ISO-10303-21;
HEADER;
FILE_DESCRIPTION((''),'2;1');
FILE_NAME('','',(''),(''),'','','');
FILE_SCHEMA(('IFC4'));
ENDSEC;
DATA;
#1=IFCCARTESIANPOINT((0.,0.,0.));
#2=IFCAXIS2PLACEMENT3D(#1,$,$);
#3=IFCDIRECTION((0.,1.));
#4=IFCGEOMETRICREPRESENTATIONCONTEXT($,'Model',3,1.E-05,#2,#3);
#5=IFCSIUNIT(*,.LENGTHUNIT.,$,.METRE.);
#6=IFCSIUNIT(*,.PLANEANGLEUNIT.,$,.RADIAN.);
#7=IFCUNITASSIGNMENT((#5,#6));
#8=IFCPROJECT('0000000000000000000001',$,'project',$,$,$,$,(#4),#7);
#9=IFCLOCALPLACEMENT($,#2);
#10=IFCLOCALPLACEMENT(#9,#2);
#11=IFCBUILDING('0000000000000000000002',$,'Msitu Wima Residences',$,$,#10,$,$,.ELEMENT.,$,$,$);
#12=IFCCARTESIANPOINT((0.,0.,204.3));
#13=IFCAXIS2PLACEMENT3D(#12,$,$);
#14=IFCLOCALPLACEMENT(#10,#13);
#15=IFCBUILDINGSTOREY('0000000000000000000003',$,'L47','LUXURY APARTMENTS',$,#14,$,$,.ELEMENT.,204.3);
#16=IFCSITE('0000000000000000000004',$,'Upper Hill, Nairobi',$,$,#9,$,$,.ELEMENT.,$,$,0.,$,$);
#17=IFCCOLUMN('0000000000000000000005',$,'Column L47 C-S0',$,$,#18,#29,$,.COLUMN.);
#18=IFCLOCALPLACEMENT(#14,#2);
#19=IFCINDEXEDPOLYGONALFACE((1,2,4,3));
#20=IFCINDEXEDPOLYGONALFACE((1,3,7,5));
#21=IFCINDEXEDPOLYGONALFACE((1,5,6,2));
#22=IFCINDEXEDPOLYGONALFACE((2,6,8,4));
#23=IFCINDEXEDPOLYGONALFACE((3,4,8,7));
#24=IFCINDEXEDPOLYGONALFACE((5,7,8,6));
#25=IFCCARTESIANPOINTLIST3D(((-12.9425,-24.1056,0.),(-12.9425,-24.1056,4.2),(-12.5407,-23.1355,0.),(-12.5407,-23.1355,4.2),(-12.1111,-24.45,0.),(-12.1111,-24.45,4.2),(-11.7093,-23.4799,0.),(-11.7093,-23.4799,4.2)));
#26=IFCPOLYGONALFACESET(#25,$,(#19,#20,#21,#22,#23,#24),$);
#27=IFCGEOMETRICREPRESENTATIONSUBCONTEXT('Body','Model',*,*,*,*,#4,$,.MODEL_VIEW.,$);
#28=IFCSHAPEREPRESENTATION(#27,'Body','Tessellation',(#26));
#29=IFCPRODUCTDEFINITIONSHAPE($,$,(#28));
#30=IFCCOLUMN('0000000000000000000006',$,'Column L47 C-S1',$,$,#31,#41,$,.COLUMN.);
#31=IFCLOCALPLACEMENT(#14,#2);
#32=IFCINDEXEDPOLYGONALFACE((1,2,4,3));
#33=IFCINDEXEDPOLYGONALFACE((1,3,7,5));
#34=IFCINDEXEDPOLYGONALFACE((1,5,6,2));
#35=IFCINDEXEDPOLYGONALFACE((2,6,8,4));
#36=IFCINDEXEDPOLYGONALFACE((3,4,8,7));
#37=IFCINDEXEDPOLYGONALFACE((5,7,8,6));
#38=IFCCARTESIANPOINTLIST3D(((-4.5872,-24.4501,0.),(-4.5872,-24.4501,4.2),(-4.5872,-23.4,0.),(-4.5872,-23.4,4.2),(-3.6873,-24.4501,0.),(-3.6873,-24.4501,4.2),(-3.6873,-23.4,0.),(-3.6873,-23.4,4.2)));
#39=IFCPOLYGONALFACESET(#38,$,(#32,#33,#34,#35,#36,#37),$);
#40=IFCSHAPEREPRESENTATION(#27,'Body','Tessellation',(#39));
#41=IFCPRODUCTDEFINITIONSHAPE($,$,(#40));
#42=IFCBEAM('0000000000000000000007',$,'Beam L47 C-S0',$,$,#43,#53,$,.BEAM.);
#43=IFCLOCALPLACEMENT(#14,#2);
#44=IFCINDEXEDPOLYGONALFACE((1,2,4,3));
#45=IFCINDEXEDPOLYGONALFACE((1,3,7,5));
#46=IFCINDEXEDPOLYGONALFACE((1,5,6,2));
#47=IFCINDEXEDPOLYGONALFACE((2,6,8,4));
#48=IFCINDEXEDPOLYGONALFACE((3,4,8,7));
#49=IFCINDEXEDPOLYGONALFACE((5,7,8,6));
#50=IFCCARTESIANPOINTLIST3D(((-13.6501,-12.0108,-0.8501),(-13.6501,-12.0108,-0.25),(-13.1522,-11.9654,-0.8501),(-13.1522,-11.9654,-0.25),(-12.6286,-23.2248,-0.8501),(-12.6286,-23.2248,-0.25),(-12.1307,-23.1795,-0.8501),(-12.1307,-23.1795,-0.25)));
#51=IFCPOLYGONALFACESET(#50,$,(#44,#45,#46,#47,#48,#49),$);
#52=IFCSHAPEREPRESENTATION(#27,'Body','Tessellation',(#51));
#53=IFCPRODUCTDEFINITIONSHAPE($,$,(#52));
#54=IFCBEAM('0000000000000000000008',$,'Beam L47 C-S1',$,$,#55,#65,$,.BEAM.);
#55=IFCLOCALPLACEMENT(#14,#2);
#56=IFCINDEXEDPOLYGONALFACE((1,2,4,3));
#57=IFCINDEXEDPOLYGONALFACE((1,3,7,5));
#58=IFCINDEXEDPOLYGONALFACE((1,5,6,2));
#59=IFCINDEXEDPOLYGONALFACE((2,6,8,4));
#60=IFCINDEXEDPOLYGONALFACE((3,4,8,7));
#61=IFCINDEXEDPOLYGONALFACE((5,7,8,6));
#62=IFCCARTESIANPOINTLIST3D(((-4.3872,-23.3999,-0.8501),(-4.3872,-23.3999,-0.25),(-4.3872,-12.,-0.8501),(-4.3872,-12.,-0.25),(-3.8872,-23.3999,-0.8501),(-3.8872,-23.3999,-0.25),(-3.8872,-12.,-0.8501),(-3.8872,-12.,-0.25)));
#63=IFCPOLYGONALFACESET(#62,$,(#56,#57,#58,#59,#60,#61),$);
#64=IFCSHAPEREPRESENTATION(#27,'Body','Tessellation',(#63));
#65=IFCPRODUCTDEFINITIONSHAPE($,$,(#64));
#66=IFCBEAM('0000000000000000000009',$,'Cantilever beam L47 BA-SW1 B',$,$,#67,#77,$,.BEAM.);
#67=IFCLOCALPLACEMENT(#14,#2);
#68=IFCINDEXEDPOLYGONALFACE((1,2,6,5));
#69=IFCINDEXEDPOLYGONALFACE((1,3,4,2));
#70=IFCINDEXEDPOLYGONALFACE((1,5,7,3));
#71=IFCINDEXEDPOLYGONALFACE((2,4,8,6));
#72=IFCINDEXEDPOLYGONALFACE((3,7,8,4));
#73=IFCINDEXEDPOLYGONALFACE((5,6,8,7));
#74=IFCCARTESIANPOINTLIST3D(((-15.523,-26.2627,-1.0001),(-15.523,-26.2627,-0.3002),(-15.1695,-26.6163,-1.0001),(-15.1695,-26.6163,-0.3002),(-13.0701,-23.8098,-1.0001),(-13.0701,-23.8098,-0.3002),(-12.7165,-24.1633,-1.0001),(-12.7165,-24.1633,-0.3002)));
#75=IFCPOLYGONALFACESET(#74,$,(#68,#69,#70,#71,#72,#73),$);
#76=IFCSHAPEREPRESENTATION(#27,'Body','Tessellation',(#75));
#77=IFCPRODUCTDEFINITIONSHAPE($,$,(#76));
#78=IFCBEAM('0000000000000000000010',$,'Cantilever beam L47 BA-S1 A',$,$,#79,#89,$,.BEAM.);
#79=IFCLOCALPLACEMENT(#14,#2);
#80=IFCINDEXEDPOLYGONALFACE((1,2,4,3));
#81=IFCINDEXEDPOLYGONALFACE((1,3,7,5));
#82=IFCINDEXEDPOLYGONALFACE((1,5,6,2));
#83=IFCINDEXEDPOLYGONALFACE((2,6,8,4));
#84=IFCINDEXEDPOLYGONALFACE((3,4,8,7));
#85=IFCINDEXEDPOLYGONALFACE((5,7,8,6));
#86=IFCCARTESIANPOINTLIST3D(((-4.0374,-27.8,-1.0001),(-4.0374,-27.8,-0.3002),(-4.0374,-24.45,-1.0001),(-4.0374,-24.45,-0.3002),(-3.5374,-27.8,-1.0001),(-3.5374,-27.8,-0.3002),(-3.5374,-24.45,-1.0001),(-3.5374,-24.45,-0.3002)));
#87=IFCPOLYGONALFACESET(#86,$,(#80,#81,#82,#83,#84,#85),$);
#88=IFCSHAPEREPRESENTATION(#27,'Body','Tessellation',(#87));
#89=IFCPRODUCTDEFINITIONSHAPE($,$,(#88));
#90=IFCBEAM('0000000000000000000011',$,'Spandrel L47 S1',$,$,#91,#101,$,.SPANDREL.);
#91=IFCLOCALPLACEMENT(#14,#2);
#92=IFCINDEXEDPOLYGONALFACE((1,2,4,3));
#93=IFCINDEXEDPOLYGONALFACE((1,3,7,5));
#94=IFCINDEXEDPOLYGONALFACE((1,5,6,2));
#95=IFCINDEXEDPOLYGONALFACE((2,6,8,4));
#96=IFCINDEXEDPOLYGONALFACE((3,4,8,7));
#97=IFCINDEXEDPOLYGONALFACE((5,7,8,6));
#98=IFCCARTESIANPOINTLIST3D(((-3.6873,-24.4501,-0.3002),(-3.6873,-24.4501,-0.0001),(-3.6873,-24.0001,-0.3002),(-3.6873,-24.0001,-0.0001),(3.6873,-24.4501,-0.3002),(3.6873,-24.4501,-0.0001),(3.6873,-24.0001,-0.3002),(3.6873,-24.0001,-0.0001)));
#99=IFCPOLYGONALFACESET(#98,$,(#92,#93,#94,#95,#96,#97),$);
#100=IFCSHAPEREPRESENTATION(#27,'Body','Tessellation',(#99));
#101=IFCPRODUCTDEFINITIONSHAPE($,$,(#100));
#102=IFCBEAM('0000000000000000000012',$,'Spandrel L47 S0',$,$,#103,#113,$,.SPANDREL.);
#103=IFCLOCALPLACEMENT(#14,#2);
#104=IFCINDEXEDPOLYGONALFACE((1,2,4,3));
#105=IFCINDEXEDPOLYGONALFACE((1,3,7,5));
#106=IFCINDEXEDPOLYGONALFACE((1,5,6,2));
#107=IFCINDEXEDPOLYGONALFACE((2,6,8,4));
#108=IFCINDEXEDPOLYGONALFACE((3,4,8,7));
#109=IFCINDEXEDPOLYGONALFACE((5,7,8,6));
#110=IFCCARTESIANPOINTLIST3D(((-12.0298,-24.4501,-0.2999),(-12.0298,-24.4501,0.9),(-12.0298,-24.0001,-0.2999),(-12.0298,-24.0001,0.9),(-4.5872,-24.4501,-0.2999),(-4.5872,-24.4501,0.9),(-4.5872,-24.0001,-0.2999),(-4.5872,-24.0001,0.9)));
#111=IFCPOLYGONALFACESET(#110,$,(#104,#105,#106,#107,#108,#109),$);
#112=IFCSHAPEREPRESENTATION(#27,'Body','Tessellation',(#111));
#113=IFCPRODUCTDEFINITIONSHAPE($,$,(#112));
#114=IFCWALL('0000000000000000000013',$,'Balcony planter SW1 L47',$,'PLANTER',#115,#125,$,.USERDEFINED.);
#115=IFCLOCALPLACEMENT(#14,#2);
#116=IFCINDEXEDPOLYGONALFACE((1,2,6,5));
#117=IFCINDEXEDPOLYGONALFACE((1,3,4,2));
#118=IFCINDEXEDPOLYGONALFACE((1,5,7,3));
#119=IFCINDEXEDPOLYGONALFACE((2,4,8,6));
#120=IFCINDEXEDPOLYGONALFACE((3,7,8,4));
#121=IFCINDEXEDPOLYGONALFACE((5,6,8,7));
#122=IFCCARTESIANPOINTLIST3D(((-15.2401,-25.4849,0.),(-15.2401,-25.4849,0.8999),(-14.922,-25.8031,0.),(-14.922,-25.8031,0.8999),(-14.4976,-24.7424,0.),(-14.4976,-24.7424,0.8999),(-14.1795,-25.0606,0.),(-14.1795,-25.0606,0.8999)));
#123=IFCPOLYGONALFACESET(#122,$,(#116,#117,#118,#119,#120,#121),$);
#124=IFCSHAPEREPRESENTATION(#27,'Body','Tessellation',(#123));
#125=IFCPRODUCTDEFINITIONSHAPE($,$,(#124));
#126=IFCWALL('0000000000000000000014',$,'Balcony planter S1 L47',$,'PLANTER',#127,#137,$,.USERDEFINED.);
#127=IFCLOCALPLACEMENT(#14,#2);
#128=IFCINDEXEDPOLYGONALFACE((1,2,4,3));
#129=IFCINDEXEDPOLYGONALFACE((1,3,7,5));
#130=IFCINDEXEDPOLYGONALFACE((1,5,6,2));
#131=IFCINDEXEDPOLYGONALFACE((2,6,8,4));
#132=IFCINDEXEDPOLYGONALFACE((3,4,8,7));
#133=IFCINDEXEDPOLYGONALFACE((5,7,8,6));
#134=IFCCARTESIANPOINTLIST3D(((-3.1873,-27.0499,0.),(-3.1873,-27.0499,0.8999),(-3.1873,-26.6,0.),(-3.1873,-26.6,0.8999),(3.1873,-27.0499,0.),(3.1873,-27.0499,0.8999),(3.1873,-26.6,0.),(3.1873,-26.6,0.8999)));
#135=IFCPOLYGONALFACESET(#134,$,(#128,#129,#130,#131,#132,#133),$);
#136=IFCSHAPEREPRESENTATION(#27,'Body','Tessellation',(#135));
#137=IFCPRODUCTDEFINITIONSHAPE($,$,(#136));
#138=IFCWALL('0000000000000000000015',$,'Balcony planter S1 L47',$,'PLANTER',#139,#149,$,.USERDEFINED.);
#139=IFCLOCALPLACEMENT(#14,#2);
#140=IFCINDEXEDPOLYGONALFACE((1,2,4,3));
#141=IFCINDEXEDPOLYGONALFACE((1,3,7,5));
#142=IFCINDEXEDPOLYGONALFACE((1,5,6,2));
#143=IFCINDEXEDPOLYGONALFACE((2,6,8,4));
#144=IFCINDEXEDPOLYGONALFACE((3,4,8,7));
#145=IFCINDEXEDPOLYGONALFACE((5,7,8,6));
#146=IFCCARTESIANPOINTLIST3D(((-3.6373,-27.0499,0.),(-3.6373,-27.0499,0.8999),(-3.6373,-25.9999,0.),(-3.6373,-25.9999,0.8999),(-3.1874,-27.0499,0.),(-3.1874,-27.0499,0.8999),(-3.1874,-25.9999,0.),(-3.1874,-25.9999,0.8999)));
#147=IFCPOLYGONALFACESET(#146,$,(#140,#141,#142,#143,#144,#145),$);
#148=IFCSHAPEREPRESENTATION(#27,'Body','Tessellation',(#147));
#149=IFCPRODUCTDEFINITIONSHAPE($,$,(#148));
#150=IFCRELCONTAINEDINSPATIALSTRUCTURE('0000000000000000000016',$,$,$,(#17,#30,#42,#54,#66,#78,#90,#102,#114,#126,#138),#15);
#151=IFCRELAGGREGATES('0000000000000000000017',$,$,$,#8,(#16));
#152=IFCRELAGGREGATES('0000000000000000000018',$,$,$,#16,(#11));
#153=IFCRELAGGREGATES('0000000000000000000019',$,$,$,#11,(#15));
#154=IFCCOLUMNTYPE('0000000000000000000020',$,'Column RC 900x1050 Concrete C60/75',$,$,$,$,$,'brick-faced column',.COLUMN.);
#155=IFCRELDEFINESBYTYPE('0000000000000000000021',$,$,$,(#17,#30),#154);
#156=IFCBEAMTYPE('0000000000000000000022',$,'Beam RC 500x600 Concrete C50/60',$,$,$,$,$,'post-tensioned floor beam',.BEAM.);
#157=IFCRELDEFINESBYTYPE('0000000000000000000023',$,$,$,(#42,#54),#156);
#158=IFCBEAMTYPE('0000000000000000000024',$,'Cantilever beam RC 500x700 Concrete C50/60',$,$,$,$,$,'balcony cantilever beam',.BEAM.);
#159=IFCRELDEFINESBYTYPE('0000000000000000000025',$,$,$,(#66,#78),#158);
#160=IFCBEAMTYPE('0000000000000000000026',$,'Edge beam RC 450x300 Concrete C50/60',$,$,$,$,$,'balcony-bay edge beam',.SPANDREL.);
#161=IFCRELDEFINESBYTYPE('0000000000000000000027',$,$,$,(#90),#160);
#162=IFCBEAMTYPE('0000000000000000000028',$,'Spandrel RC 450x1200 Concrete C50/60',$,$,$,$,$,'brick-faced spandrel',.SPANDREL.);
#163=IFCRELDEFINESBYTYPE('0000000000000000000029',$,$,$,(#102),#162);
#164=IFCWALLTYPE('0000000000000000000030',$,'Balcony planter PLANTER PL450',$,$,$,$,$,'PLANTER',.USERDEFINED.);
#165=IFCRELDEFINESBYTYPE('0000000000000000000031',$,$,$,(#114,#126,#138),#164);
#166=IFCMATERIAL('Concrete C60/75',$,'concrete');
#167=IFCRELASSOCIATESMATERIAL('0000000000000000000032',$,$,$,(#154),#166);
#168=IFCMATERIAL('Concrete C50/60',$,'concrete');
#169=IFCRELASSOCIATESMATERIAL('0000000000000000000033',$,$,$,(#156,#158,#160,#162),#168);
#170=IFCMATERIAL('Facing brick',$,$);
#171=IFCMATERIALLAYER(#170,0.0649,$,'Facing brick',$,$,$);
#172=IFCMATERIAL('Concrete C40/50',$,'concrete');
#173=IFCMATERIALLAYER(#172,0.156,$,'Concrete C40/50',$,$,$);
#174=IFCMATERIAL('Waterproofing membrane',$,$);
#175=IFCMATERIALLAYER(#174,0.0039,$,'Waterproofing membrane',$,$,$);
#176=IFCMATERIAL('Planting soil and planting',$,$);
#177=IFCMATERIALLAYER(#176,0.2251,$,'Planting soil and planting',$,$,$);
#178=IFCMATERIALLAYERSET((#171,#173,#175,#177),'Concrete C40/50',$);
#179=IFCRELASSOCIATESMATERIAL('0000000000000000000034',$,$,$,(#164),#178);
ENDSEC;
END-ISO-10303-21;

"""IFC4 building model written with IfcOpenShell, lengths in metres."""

from ifc_helpers import new_model, si_unit, direction, frame, frame_2d, origin, origin_2d, place, context, subcontext, project, spatial, rectangle, extrude, material, layer, layer_set, material_profile, profile_set, type_object, element, save


model = new_model("IFC4")

# Units and contexts
model_context = context("Model", 3, precision=1e-05, world=origin(), true_north=direction((0.0, 1.0)))
body_context = subcontext(model_context, "Body", "Model", "MODEL_VIEW")
ifc_project = project(units=[si_unit("LENGTHUNIT", "METRE"), si_unit("PLANEANGLEUNIT", "RADIAN")], contexts=[model_context])

# Site, building, storey
site_placement = place(None, origin())
site = spatial("IfcSite", under=ifc_project, at=site_placement, Name="Upper Hill, Nairobi", CompositionType="ELEMENT", RefElevation=0.0)
building_placement = place(site_placement, origin())
building = spatial("IfcBuilding", under=site, at=building_placement, Name="Msitu Wima Residences", CompositionType="ELEMENT")
storey_placement = place(building_placement, frame((0.0, 0.0, 204.3)))
storey = spatial("IfcBuildingStorey", under=building, at=storey_placement, Name="L47", Description="LUXURY APARTMENTS", CompositionType="ELEMENT", Elevation=204.3)

# Columns
ifc_material_1 = material(Name="Concrete C60/75", Category="concrete")
ifc_material_profile_1 = material_profile(ifc_material_1, rectangle(XDim=0.8999, YDim=1.05, at=origin_2d()), Name="RC 900x1050")
ifc_profile_set_1 = profile_set([ifc_material_profile_1], Name="Concrete C60/75")
column_type = type_object("IfcColumnType", Name="Column RC 900x1050 Concrete C60/75", ElementType="brick-faced column", PredefinedType="COLUMN", material=ifc_profile_set_1)
for number, where, z_axis, x_axis, name in (
    (1, (-12.3259, -23.7927, 0.0), (0.0, 0.0, 1.0), (0.92388, -0.382683, 0.0), "Column L47 C-S0"),
    (2, (-4.1372, -23.925, 0.0), (0.0, 0.0, 1.0), (1.0, 0.0, 0.0), "Column L47 C-S1"),
):
    element("IfcColumn", number, at=place(storey_placement, frame(where, z_axis=z_axis, x_axis=x_axis)), inside=storey, type_object=column_type, Name=name, PredefinedType="COLUMN", context=body_context, shape_type="SweptSolid", body=[
        extrude(rectangle(XDim=0.8999, YDim=1.05, at=origin_2d()), origin(), (0.0, 0.0, 1.0), 4.2),
    ])

# Beams
ifc_material_2 = material(Name="Concrete C50/60", Category="concrete")
ifc_material_profile_2 = material_profile(ifc_material_2, rectangle(XDim=0.5, YDim=0.6001, at=origin_2d()), Name="RC 500x600")
ifc_profile_set_2 = profile_set([ifc_material_profile_2], Name="Concrete C50/60")
beam_type_1 = type_object("IfcBeamType", Name="Beam RC 500x600 Concrete C50/60", ElementType="post-tensioned floor beam", PredefinedType="BEAM", material=ifc_profile_set_2)
beam_1_placement = place(storey_placement, frame((-12.3796, -23.2021, -0.55), z_axis=(-0.090714, 0.995877, 0.0), x_axis=(-0.995877, -0.090714, 0.0)))
element("IfcBeam", 3, at=beam_1_placement, inside=storey, type_object=beam_type_1, Name="Beam L47 C-S0", PredefinedType="BEAM", context=body_context, shape_type="SweptSolid", body=[
    extrude(rectangle(XDim=0.5, YDim=0.6001, at=origin_2d()), origin(), (0.0, 0.0, 1.0), 11.2605),
])
beam_2_placement = place(storey_placement, frame((-4.1372, -23.3999, -0.55), z_axis=(0.0, 1.0, 0.0), x_axis=(-1.0, 0.0, 0.0)))
element("IfcBeam", 4, at=beam_2_placement, inside=storey, type_object=beam_type_1, Name="Beam L47 C-S1", PredefinedType="BEAM", context=body_context, shape_type="SweptSolid", body=[
    extrude(rectangle(XDim=0.5, YDim=0.6001, at=origin_2d()), origin(), (0.0, 0.0, 1.0), 11.3999),
])
ifc_material_profile_3 = material_profile(ifc_material_2, rectangle(XDim=0.5, YDim=0.7, at=origin_2d()), Name="RC 500x700")
ifc_profile_set_3 = profile_set([ifc_material_profile_3], Name="Concrete C50/60")
beam_type_2 = type_object("IfcBeamType", Name="Cantilever beam RC 500x700 Concrete C50/60", ElementType="balcony cantilever beam", PredefinedType="BEAM", material=ifc_profile_set_3)
beam_3_placement = place(storey_placement, frame((-12.8933, -23.9866, -0.6501), z_axis=(-0.707107, -0.707107, 0.0), x_axis=(0.707107, -0.707107, 0.0)))
element("IfcBeam", 5, at=beam_3_placement, inside=storey, type_object=beam_type_2, Name="Cantilever beam L47 BA-SW1 B", PredefinedType="BEAM", context=body_context, shape_type="SweptSolid", body=[
    extrude(rectangle(XDim=0.5, YDim=0.7, at=origin_2d()), origin(), (0.0, 0.0, 1.0), 3.469),
])
beam_4_placement = place(storey_placement, frame((-3.7874, -24.45, -0.6501), z_axis=(0.0, -1.0, 0.0), x_axis=(1.0, 0.0, 0.0)))
element("IfcBeam", 6, at=beam_4_placement, inside=storey, type_object=beam_type_2, Name="Cantilever beam L47 BA-S1 A", PredefinedType="BEAM", context=body_context, shape_type="SweptSolid", body=[
    extrude(rectangle(XDim=0.5, YDim=0.7, at=origin_2d()), origin(), (0.0, 0.0, 1.0), 3.3501),
])
ifc_material_profile_4 = material_profile(ifc_material_2, rectangle(XDim=0.45, YDim=0.3, at=origin_2d()), Name="RC 450x300")
ifc_profile_set_4 = profile_set([ifc_material_profile_4], Name="Concrete C50/60")
beam_type_3 = type_object("IfcBeamType", Name="Edge beam RC 450x300 Concrete C50/60", ElementType="balcony-bay edge beam", PredefinedType="SPANDREL", material=ifc_profile_set_4)
beam_5_placement = place(storey_placement, frame((-3.6873, -24.2251, -0.1501), z_axis=(1.0, 0.0, 0.0), x_axis=(0.0, 1.0, 0.0)))
element("IfcBeam", 7, at=beam_5_placement, inside=storey, type_object=beam_type_3, Name="Spandrel L47 S1", PredefinedType="SPANDREL", context=body_context, shape_type="SweptSolid", body=[
    extrude(rectangle(XDim=0.45, YDim=0.3, at=origin_2d()), origin(), (0.0, 0.0, 1.0), 7.3745),
])
ifc_material_profile_5 = material_profile(ifc_material_2, rectangle(XDim=0.45, YDim=1.2, at=origin_2d()), Name="RC 450x1200")
ifc_profile_set_5 = profile_set([ifc_material_profile_5], Name="Concrete C50/60")
beam_type_4 = type_object("IfcBeamType", Name="Spandrel RC 450x1200 Concrete C50/60", ElementType="brick-faced spandrel", PredefinedType="SPANDREL", material=ifc_profile_set_5)
beam_6_placement = place(storey_placement, frame((-12.0298, -24.2251, 0.3), z_axis=(1.0, 0.0, 0.0), x_axis=(0.0, 1.0, 0.0)))
element("IfcBeam", 8, at=beam_6_placement, inside=storey, type_object=beam_type_4, Name="Spandrel L47 S0", PredefinedType="SPANDREL", context=body_context, shape_type="SweptSolid", body=[
    extrude(rectangle(XDim=0.45, YDim=1.2, at=origin_2d()), origin(), (0.0, 0.0, 1.0), 7.4426),
])

# Walls
ifc_material_3 = material(Name="Facing brick")
ifc_layer_1 = layer(ifc_material_3, 0.0649, Name="Facing brick")
ifc_material_4 = material(Name="Concrete C40/50", Category="concrete")
ifc_layer_2 = layer(ifc_material_4, 0.156, Name="Concrete C40/50")
ifc_material_5 = material(Name="Waterproofing membrane")
ifc_layer_3 = layer(ifc_material_5, 0.0039, Name="Waterproofing membrane")
ifc_material_6 = material(Name="Planting soil and planting")
ifc_layer_4 = layer(ifc_material_6, 0.2251, Name="Planting soil and planting")
ifc_layer_set_1 = layer_set([ifc_layer_1, ifc_layer_2, ifc_layer_3, ifc_layer_4], Name="Concrete C40/50")
wall_type_1 = type_object("IfcWallType", Name="Balcony planter PLANTER PL450", ElementType="PLANTER", PredefinedType="USERDEFINED", material=ifc_layer_set_1)
wall_1_placement = place(storey_placement, frame((-14.3386, -24.9016, 0.0), z_axis=(0.0, 0.0, 1.0), x_axis=(-0.707107, -0.707107, 0.0)))
element("IfcWall", 9, at=wall_1_placement, inside=storey, type_object=wall_type_1, Name="Balcony planter SW1 L47", ObjectType="PLANTER", PredefinedType="USERDEFINED", context=body_context, shape_type="SweptSolid", body=[
    extrude(rectangle(XDim=1.05, YDim=0.45, at=frame_2d((0.5249, 0.0))), origin(), (0.0, 0.0, 1.0), 0.8999),
])
wall_2_placement = place(storey_placement, frame((-3.1873, -26.825, 0.0), z_axis=(0.0, 0.0, 1.0), x_axis=(1.0, 0.0, 0.0)))
element("IfcWall", 10, at=wall_2_placement, inside=storey, type_object=wall_type_1, Name="Balcony planter S1 L47", ObjectType="PLANTER", PredefinedType="USERDEFINED", context=body_context, shape_type="SweptSolid", body=[
    extrude(rectangle(XDim=6.3745, YDim=0.45, at=frame_2d((3.1873, 0.0))), origin(), (0.0, 0.0, 1.0), 0.8999),
])
wall_3_placement = place(storey_placement, frame((-3.4124, -26.0, 0.0), z_axis=(0.0, 0.0, 1.0), x_axis=(0.0, -1.0, 0.0)))
element("IfcWall", 11, at=wall_3_placement, inside=storey, type_object=wall_type_1, Name="Balcony planter S1 L47", ObjectType="PLANTER", PredefinedType="USERDEFINED", context=body_context, shape_type="SweptSolid", body=[
    extrude(rectangle(XDim=1.05, YDim=0.45, at=frame_2d((0.5249, 0.0))), origin(), (0.0, 0.0, 1.0), 0.8999),
])

save(model, "model.ifc")
